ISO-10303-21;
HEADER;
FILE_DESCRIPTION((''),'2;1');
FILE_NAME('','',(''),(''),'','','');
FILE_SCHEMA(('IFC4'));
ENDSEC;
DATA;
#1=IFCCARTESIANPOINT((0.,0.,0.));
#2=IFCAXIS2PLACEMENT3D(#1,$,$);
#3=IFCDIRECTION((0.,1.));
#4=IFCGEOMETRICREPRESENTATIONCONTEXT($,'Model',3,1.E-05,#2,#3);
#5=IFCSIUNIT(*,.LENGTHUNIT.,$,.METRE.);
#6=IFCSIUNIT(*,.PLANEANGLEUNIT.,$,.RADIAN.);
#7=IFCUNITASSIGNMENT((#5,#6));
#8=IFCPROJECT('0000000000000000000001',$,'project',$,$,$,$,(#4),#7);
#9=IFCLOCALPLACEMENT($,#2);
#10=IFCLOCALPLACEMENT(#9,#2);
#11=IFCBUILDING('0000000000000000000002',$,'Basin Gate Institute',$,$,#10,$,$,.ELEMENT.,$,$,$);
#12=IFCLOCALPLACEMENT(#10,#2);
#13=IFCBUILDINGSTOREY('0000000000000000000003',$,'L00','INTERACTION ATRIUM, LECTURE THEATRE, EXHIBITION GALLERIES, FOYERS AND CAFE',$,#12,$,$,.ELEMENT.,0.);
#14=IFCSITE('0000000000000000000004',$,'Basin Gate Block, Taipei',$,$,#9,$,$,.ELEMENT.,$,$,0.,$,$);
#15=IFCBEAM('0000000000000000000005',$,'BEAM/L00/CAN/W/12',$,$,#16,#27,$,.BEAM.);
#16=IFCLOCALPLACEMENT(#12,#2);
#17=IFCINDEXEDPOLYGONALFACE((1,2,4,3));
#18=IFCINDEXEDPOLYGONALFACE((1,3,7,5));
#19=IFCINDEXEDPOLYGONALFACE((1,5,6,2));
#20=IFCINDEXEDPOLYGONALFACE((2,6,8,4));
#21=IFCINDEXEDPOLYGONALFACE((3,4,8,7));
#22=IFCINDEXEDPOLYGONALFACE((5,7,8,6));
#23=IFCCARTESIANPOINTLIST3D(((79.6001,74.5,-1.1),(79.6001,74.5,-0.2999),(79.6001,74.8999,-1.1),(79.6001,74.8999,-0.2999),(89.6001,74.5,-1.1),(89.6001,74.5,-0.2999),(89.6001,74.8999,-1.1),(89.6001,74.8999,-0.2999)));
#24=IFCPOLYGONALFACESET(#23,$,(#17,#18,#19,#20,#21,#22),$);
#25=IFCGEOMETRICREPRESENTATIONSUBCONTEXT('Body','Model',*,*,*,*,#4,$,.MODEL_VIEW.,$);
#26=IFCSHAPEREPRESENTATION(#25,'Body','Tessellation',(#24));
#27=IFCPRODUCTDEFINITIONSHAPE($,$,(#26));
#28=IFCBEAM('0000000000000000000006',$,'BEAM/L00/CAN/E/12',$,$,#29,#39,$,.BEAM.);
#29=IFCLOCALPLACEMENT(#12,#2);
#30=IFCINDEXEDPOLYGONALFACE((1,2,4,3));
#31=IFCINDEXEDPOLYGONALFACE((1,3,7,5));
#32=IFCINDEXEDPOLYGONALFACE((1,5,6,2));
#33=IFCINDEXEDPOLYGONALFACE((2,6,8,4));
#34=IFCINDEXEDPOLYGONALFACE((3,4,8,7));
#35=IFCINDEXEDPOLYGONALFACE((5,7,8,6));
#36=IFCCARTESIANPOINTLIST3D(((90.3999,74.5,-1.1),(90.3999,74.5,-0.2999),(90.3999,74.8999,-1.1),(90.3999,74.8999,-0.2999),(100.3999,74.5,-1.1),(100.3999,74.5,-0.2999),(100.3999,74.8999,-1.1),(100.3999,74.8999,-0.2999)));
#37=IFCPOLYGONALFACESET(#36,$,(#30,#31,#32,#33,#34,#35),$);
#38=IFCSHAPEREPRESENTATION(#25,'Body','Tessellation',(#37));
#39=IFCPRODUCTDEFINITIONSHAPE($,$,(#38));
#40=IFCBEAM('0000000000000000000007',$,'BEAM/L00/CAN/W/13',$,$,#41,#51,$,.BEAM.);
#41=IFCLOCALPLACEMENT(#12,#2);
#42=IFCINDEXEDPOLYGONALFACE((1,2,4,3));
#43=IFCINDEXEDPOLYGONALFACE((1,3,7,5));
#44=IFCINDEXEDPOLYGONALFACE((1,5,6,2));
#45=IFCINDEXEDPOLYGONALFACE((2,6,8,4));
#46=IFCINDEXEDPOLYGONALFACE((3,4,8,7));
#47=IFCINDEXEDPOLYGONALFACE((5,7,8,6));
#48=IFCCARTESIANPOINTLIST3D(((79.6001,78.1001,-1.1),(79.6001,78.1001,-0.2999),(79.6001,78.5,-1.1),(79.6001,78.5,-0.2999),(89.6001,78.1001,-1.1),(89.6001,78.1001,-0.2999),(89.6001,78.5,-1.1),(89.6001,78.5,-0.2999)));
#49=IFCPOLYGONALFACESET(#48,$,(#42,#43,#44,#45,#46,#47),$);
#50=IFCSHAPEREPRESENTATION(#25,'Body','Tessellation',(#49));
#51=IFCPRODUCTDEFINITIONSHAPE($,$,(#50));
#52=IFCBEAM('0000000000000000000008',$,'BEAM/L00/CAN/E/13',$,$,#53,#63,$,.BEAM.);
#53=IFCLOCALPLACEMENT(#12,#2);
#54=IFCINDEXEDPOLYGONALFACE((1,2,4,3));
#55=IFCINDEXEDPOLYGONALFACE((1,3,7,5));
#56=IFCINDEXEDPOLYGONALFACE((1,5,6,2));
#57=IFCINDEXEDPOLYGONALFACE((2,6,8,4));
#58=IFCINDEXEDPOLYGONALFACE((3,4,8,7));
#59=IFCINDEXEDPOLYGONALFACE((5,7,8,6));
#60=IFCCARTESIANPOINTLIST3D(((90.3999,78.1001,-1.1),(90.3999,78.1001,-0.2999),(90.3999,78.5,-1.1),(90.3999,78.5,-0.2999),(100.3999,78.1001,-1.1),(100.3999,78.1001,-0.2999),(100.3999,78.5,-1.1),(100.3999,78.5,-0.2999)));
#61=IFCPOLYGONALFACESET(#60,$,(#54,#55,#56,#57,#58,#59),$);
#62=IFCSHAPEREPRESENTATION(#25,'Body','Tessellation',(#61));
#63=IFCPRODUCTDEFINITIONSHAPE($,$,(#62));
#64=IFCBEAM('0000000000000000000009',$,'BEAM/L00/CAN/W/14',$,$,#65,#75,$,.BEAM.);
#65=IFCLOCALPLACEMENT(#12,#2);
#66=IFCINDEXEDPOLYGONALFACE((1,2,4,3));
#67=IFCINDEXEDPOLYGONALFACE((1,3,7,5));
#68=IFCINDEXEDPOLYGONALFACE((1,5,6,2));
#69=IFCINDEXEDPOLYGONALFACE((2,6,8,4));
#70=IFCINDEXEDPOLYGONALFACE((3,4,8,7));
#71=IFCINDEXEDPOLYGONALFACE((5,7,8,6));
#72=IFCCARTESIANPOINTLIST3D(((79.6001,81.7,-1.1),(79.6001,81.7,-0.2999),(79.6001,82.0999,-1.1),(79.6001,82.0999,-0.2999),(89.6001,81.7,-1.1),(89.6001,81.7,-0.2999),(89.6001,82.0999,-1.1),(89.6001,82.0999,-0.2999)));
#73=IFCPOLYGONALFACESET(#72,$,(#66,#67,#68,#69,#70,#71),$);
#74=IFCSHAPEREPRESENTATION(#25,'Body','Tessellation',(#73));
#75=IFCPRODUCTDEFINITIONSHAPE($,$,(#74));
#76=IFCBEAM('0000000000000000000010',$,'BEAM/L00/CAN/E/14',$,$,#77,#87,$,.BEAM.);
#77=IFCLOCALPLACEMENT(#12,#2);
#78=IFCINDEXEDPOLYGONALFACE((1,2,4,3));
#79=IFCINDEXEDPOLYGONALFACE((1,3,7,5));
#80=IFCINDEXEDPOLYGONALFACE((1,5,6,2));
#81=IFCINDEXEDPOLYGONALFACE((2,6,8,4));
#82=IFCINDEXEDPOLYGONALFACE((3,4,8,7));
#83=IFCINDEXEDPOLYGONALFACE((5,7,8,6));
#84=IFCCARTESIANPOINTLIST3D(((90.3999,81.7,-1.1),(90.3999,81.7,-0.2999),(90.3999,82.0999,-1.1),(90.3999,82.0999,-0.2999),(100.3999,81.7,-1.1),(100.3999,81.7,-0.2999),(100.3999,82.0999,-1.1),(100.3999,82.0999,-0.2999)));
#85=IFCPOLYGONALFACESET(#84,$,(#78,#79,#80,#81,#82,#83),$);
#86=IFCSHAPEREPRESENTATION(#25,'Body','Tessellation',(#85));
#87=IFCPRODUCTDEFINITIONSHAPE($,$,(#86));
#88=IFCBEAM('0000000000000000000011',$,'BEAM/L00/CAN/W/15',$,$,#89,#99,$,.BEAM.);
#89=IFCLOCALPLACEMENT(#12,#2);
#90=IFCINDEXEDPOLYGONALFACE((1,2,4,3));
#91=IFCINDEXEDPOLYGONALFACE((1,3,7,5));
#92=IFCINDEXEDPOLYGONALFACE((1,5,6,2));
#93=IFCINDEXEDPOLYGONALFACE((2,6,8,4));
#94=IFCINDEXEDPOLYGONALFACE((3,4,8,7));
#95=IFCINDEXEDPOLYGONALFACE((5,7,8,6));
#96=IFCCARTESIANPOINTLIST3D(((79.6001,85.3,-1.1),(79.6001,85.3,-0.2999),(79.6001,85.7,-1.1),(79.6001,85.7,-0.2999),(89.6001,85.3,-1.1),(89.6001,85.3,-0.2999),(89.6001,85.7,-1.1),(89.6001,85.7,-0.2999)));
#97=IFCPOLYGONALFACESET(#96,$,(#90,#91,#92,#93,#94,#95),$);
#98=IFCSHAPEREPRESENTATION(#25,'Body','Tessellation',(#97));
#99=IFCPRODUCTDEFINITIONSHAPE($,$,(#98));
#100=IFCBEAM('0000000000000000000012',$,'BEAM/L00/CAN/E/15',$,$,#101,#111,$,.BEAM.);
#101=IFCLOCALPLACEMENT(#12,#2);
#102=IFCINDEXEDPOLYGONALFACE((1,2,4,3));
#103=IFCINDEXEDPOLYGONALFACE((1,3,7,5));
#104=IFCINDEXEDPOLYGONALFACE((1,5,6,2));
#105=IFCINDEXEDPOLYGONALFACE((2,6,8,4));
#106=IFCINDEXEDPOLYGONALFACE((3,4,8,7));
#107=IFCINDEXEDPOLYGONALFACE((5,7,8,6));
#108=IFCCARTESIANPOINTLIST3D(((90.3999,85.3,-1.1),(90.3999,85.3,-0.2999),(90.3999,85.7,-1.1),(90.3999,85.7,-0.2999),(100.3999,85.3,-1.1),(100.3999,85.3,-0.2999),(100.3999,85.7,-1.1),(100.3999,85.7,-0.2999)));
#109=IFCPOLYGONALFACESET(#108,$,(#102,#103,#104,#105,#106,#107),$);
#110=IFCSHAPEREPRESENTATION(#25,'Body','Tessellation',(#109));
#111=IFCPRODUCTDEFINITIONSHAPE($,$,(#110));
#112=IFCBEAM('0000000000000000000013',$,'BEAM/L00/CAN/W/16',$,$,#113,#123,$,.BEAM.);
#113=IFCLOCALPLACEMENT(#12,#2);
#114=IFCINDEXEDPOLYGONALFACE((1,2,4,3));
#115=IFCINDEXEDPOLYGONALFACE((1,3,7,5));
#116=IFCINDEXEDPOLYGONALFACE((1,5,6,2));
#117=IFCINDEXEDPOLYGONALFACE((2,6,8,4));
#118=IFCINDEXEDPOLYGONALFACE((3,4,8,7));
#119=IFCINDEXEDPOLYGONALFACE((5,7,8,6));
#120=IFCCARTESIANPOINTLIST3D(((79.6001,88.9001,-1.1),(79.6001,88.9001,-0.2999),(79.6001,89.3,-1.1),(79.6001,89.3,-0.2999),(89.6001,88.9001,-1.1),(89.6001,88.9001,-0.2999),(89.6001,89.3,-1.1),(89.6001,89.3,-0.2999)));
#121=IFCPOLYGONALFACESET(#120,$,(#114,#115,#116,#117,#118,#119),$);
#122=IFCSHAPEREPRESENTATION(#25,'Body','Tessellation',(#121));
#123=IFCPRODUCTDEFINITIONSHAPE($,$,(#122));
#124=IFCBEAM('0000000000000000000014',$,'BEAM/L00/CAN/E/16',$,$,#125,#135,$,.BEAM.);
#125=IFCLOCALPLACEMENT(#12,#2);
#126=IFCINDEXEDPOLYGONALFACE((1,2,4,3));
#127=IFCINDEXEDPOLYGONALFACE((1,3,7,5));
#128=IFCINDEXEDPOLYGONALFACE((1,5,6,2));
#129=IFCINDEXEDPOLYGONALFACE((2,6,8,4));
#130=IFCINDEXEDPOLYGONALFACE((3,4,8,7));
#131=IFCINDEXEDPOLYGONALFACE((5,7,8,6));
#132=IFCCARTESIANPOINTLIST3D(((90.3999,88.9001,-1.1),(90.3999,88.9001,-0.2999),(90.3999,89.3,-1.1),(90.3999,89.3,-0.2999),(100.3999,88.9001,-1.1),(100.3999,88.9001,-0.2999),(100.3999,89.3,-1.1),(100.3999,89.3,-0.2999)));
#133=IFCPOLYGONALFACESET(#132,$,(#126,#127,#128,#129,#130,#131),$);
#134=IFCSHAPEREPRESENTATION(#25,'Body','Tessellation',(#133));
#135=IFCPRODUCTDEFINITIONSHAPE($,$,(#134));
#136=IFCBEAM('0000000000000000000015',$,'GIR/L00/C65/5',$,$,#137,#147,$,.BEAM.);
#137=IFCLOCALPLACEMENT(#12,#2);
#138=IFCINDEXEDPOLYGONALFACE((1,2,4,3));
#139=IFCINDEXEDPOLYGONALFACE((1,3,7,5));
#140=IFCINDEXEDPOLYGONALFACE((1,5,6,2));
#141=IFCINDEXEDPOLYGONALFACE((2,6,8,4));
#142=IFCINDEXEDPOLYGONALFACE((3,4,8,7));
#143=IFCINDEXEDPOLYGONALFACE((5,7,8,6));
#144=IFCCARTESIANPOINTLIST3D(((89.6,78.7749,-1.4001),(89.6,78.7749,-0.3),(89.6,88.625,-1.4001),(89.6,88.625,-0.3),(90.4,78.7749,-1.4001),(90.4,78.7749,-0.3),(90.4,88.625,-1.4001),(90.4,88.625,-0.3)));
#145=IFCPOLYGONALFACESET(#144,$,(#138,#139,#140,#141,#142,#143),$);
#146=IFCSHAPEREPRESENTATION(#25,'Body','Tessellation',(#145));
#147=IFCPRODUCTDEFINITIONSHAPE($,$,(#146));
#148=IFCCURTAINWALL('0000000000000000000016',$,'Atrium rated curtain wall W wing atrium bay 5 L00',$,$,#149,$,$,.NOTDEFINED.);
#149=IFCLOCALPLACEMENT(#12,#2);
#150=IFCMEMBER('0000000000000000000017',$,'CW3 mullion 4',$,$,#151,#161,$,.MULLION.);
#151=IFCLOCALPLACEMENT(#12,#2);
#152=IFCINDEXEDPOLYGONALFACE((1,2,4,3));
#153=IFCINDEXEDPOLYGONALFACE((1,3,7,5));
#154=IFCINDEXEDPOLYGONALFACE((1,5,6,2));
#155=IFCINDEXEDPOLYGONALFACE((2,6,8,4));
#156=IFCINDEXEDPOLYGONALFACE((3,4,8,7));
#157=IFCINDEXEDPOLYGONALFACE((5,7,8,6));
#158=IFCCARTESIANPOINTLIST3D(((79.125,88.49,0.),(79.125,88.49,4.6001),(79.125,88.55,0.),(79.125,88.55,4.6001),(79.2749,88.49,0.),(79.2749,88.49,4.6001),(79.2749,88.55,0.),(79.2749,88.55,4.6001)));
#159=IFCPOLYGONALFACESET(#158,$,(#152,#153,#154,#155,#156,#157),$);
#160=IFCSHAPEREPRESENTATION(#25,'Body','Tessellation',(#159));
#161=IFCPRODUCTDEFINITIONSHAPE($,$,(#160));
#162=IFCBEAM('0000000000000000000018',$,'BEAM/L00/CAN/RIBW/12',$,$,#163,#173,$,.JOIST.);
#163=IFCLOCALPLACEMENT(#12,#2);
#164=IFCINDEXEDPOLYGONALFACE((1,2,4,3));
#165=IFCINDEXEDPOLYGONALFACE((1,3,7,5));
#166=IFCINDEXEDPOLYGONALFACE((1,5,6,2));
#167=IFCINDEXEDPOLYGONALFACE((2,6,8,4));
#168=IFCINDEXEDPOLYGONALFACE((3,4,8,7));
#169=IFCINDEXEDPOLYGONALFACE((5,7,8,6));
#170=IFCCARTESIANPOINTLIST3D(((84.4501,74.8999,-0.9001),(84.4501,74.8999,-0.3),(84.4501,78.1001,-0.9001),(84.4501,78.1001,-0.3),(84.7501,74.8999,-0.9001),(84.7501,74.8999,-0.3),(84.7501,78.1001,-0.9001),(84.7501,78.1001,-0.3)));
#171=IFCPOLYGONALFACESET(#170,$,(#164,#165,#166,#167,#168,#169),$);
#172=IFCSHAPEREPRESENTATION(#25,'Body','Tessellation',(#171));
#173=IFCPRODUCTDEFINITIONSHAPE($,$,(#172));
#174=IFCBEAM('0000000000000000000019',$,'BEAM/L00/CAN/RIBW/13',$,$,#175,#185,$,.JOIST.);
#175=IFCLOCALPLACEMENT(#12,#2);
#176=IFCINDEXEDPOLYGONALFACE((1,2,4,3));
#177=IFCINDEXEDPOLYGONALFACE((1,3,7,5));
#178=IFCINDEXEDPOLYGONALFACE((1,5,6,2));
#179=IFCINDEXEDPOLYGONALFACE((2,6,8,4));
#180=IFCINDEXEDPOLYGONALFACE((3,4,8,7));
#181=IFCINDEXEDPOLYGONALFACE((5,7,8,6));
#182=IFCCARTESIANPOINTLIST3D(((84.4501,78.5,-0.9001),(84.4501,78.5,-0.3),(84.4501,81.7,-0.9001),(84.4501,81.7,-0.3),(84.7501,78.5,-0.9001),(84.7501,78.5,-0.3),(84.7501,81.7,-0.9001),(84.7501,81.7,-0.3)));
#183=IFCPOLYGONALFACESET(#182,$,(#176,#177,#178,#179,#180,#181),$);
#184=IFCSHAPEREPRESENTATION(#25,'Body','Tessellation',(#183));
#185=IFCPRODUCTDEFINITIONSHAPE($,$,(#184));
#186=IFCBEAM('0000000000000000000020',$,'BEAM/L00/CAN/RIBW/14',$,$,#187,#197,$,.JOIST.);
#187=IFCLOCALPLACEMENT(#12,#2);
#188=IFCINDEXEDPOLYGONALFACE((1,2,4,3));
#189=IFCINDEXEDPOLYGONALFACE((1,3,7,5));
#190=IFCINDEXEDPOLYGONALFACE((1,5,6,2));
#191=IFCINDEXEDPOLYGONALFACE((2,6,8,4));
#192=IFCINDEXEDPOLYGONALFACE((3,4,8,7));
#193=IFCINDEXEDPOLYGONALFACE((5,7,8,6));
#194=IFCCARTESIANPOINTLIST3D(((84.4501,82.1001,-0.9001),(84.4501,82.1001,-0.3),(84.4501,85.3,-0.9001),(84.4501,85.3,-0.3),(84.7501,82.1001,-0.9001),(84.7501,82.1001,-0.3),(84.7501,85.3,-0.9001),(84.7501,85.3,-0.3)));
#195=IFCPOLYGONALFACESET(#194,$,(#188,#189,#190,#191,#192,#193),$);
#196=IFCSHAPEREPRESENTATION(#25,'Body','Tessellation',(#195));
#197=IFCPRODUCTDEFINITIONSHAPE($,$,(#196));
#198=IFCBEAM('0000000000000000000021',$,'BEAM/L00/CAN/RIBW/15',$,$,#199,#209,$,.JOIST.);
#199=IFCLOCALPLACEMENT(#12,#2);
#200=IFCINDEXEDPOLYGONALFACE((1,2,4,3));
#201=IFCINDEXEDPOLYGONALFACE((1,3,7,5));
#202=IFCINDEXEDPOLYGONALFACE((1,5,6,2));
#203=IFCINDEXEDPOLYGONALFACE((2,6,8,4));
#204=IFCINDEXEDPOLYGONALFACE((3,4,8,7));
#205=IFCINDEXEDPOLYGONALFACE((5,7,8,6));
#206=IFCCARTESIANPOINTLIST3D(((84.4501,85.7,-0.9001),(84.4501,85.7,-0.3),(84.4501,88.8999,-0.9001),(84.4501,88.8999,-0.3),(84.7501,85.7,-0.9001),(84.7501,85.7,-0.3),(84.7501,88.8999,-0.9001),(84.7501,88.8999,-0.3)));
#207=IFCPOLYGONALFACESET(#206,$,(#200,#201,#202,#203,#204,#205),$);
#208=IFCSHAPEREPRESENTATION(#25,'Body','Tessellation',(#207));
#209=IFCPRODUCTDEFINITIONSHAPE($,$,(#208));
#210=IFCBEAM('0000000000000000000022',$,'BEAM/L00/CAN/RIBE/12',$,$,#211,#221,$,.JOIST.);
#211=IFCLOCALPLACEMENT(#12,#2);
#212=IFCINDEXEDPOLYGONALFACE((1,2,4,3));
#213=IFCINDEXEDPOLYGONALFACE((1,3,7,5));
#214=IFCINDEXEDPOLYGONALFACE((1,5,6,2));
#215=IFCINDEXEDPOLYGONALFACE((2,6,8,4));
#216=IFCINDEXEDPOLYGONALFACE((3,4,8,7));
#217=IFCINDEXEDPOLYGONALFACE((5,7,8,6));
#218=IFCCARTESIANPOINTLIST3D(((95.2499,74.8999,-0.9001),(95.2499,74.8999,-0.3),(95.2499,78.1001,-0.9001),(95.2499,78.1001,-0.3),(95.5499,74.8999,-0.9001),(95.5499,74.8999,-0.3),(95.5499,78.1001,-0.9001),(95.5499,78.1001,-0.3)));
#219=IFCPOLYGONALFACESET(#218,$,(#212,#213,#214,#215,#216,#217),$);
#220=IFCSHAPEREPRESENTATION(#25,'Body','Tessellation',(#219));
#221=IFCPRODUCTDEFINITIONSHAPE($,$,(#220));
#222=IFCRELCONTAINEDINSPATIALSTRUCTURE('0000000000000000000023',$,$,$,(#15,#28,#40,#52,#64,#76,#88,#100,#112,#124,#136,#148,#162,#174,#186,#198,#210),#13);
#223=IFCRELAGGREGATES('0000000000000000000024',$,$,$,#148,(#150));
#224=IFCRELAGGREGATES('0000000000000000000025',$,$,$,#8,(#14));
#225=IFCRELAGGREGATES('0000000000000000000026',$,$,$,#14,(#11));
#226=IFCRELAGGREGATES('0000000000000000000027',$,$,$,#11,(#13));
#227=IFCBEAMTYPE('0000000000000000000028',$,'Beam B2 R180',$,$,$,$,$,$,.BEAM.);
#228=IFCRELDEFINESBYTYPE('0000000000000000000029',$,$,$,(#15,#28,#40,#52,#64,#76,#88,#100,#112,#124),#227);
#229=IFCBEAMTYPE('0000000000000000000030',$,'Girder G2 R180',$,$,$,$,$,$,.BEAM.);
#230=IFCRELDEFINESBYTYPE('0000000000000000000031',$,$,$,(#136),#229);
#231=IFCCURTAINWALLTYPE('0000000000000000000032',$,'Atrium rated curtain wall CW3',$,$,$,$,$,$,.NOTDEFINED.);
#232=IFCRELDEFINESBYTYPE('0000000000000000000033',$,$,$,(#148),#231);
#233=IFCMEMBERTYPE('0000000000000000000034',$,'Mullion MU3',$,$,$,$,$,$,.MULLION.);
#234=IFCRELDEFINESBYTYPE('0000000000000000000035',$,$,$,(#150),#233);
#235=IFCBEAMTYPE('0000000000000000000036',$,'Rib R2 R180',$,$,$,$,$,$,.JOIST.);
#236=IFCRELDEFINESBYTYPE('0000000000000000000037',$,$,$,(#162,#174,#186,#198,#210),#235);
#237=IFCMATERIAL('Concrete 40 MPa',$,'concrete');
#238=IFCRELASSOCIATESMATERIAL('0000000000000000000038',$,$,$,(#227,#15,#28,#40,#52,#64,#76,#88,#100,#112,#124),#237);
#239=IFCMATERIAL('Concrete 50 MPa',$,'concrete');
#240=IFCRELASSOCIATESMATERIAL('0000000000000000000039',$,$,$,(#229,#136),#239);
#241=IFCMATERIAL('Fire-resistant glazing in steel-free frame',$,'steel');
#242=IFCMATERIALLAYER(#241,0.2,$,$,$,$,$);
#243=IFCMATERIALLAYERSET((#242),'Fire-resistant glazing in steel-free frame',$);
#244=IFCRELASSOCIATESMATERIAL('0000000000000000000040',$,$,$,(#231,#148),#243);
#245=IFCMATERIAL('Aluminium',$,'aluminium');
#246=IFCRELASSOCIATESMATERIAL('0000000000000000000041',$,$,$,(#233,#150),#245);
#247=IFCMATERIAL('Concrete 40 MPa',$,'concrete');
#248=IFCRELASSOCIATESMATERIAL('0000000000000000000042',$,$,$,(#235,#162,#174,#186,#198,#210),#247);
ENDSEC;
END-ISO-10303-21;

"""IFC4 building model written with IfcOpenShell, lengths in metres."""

from ifc_helpers import new_model, si_unit, direction, frame, origin, origin_2d, place, context, subcontext, project, spatial, rectangle, extrude, material, layer, layer_set, material_profile, profile_set, type_object, element, aggregate, save


model = new_model("IFC4")

# Units and contexts
model_context = context("Model", 3, precision=1e-05, world=origin(), true_north=direction((0.0, 1.0)))
body_context = subcontext(model_context, "Body", "Model", "MODEL_VIEW")
ifc_project = project(units=[si_unit("LENGTHUNIT", "METRE"), si_unit("PLANEANGLEUNIT", "RADIAN")], contexts=[model_context])

# Site, building, storey
site_placement = place(None, origin())
site = spatial("IfcSite", under=ifc_project, at=site_placement, Name="Basin Gate Block, Taipei", CompositionType="ELEMENT", RefElevation=0.0)
building_placement = place(site_placement, origin())
building = spatial("IfcBuilding", under=site, at=building_placement, Name="Basin Gate Institute", CompositionType="ELEMENT")
storey_placement = place(building_placement, origin())
storey = spatial("IfcBuildingStorey", under=building, at=storey_placement, Name="L00", Description="INTERACTION ATRIUM, LECTURE THEATRE, EXHIBITION GALLERIES, FOYERS AND CAFE", CompositionType="ELEMENT", Elevation=0.0)

# Beams
ifc_material_1 = material(Name="Concrete 40 MPa", Category="concrete")
ifc_material_profile_1 = material_profile(ifc_material_1, rectangle(XDim=0.3999, YDim=0.8, at=origin_2d()), Name="Beam B2 400 x 800")
ifc_profile_set_1 = profile_set([ifc_material_profile_1], Name="Concrete 40 MPa")
beam_type_1 = type_object("IfcBeamType", Name="Beam B2 R180", PredefinedType="BEAM", material=ifc_profile_set_1)
for number, where, z_axis, x_axis, name in (
    (1, (79.6001, 74.7, -0.7), (1.0, 0.0, 0.0), (0.0, 1.0, 0.0), "BEAM/L00/CAN/W/12"),
    (2, (90.3999, 74.7, -0.7), (1.0, 0.0, 0.0), (0.0, 1.0, 0.0), "BEAM/L00/CAN/E/12"),
    (3, (79.6001, 78.3, -0.7), (1.0, 0.0, 0.0), (0.0, 1.0, 0.0), "BEAM/L00/CAN/W/13"),
    (4, (90.3999, 78.3, -0.7), (1.0, 0.0, 0.0), (0.0, 1.0, 0.0), "BEAM/L00/CAN/E/13"),
    (5, (79.6001, 81.8999, -0.7), (1.0, 0.0, 0.0), (0.0, 1.0, 0.0), "BEAM/L00/CAN/W/14"),
    (6, (90.3999, 81.8999, -0.7), (1.0, 0.0, 0.0), (0.0, 1.0, 0.0), "BEAM/L00/CAN/E/14"),
    (7, (79.6001, 85.5, -0.7), (1.0, 0.0, 0.0), (0.0, 1.0, 0.0), "BEAM/L00/CAN/W/15"),
    (8, (90.3999, 85.5, -0.7), (1.0, 0.0, 0.0), (0.0, 1.0, 0.0), "BEAM/L00/CAN/E/15"),
    (9, (79.6001, 89.1001, -0.7), (1.0, 0.0, 0.0), (0.0, 1.0, 0.0), "BEAM/L00/CAN/W/16"),
    (10, (90.3999, 89.1001, -0.7), (1.0, 0.0, 0.0), (0.0, 1.0, 0.0), "BEAM/L00/CAN/E/16"),
):
    element("IfcBeam", number, at=place(storey_placement, frame(where, z_axis=z_axis, x_axis=x_axis)), inside=storey, type_object=beam_type_1, material=ifc_profile_set_1, Name=name, PredefinedType="BEAM", context=body_context, shape_type="SweptSolid", body=[
        extrude(rectangle(XDim=0.3999, YDim=0.8, at=origin_2d()), origin(), (0.0, 0.0, 1.0), 10.0),
    ])
ifc_material_2 = material(Name="Concrete 50 MPa", Category="concrete")
ifc_material_profile_2 = material_profile(ifc_material_2, rectangle(XDim=0.8, YDim=1.1001, at=origin_2d()), Name="Girder G2 800 x 1100")
ifc_profile_set_2 = profile_set([ifc_material_profile_2], Name="Concrete 50 MPa")
beam_type_2 = type_object("IfcBeamType", Name="Girder G2 R180", PredefinedType="BEAM", material=ifc_profile_set_2)
beam_1_placement = place(storey_placement, frame((90.0, 78.7749, -0.8501), z_axis=(0.0, 1.0, 0.0), x_axis=(-1.0, 0.0, 0.0)))
element("IfcBeam", 11, at=beam_1_placement, inside=storey, type_object=beam_type_2, material=ifc_profile_set_2, Name="GIR/L00/C65/5", PredefinedType="BEAM", context=body_context, shape_type="SweptSolid", body=[
    extrude(rectangle(XDim=0.8, YDim=1.1001, at=origin_2d()), origin(), (0.0, 0.0, 1.0), 9.8501),
])

# Curtain wall, member
ifc_material_3 = material(Name="Fire-resistant glazing in steel-free frame", Category="steel")
ifc_layer_1 = layer(ifc_material_3, 0.2)
ifc_layer_set_1 = layer_set([ifc_layer_1], Name="Fire-resistant glazing in steel-free frame")
curtain_wall_type = type_object("IfcCurtainWallType", Name="Atrium rated curtain wall CW3", PredefinedType="NOTDEFINED", material=ifc_layer_set_1)
curtain_wall_placement = place(storey_placement, origin())
curtain_wall = element("IfcCurtainWall", 12, at=curtain_wall_placement, inside=storey, type_object=curtain_wall_type, material=ifc_layer_set_1, Name="Atrium rated curtain wall W wing atrium bay 5 L00", PredefinedType="NOTDEFINED")
ifc_material_4 = material(Name="Aluminium", Category="aluminium")
ifc_material_profile_3 = material_profile(ifc_material_4, rectangle(XDim=0.1499, YDim=0.0601, at=origin_2d()), Name="Mullion MU3 150 x 60")
ifc_profile_set_3 = profile_set([ifc_material_profile_3], Name="Aluminium")
member_type = type_object("IfcMemberType", Name="Mullion MU3", PredefinedType="MULLION", material=ifc_profile_set_3)
member_placement = place(storey_placement, frame((79.2, 88.52, 0.0), z_axis=(0.0, 0.0, 1.0), x_axis=(-1.0, 0.0, 0.0)))
member = element("IfcMember", 13, at=member_placement, type_object=member_type, material=ifc_profile_set_3, Name="CW3 mullion 4", PredefinedType="MULLION", context=body_context, shape_type="SweptSolid", body=[
    extrude(rectangle(XDim=0.1499, YDim=0.0601, at=origin_2d()), origin(), (0.0, 0.0, 1.0), 4.6001),
])

# Beams
ifc_material_5 = material(Name="Concrete 40 MPa", Category="concrete")
ifc_material_profile_4 = material_profile(ifc_material_5, rectangle(XDim=0.3, YDim=0.6001, at=origin_2d()), Name="Rib R2 300 x 600")
ifc_profile_set_4 = profile_set([ifc_material_profile_4], Name="Concrete 40 MPa")
beam_type_3 = type_object("IfcBeamType", Name="Rib R2 R180", PredefinedType="JOIST", material=ifc_profile_set_4)
beam_2_placement = place(storey_placement, frame((84.6001, 74.8999, -0.6001), z_axis=(0.0, 1.0, 0.0), x_axis=(-1.0, 0.0, 0.0)))
element("IfcBeam", 14, at=beam_2_placement, inside=storey, type_object=beam_type_3, material=ifc_profile_set_4, Name="BEAM/L00/CAN/RIBW/12", PredefinedType="JOIST", context=body_context, shape_type="SweptSolid", body=[
    extrude(rectangle(XDim=0.3, YDim=0.6001, at=origin_2d()), origin(), (0.0, 0.0, 1.0), 3.2002),
])
for number, where, z_axis, x_axis, name in (
    (15, (84.6001, 78.5, -0.6001), (0.0, 1.0, 0.0), (-1.0, 0.0, 0.0), "BEAM/L00/CAN/RIBW/13"),
    (16, (84.6001, 82.1001, -0.6001), (0.0, 1.0, 0.0), (-1.0, 0.0, 0.0), "BEAM/L00/CAN/RIBW/14"),
    (17, (84.6001, 85.7, -0.6001), (0.0, 1.0, 0.0), (-1.0, 0.0, 0.0), "BEAM/L00/CAN/RIBW/15"),
):
    element("IfcBeam", number, at=place(storey_placement, frame(where, z_axis=z_axis, x_axis=x_axis)), inside=storey, type_object=beam_type_3, material=ifc_profile_set_4, Name=name, PredefinedType="JOIST", context=body_context, shape_type="SweptSolid", body=[
        extrude(rectangle(XDim=0.3, YDim=0.6001, at=origin_2d()), origin(), (0.0, 0.0, 1.0), 3.2),
    ])
beam_3_placement = place(storey_placement, frame((95.3999, 74.8999, -0.6001), z_axis=(0.0, 1.0, 0.0), x_axis=(-1.0, 0.0, 0.0)))
element("IfcBeam", 18, at=beam_3_placement, inside=storey, type_object=beam_type_3, material=ifc_profile_set_4, Name="BEAM/L00/CAN/RIBE/12", PredefinedType="JOIST", context=body_context, shape_type="SweptSolid", body=[
    extrude(rectangle(XDim=0.3, YDim=0.6001, at=origin_2d()), origin(), (0.0, 0.0, 1.0), 3.2002),
])

aggregate(curtain_wall, [member])

save(model, "model.ifc")
